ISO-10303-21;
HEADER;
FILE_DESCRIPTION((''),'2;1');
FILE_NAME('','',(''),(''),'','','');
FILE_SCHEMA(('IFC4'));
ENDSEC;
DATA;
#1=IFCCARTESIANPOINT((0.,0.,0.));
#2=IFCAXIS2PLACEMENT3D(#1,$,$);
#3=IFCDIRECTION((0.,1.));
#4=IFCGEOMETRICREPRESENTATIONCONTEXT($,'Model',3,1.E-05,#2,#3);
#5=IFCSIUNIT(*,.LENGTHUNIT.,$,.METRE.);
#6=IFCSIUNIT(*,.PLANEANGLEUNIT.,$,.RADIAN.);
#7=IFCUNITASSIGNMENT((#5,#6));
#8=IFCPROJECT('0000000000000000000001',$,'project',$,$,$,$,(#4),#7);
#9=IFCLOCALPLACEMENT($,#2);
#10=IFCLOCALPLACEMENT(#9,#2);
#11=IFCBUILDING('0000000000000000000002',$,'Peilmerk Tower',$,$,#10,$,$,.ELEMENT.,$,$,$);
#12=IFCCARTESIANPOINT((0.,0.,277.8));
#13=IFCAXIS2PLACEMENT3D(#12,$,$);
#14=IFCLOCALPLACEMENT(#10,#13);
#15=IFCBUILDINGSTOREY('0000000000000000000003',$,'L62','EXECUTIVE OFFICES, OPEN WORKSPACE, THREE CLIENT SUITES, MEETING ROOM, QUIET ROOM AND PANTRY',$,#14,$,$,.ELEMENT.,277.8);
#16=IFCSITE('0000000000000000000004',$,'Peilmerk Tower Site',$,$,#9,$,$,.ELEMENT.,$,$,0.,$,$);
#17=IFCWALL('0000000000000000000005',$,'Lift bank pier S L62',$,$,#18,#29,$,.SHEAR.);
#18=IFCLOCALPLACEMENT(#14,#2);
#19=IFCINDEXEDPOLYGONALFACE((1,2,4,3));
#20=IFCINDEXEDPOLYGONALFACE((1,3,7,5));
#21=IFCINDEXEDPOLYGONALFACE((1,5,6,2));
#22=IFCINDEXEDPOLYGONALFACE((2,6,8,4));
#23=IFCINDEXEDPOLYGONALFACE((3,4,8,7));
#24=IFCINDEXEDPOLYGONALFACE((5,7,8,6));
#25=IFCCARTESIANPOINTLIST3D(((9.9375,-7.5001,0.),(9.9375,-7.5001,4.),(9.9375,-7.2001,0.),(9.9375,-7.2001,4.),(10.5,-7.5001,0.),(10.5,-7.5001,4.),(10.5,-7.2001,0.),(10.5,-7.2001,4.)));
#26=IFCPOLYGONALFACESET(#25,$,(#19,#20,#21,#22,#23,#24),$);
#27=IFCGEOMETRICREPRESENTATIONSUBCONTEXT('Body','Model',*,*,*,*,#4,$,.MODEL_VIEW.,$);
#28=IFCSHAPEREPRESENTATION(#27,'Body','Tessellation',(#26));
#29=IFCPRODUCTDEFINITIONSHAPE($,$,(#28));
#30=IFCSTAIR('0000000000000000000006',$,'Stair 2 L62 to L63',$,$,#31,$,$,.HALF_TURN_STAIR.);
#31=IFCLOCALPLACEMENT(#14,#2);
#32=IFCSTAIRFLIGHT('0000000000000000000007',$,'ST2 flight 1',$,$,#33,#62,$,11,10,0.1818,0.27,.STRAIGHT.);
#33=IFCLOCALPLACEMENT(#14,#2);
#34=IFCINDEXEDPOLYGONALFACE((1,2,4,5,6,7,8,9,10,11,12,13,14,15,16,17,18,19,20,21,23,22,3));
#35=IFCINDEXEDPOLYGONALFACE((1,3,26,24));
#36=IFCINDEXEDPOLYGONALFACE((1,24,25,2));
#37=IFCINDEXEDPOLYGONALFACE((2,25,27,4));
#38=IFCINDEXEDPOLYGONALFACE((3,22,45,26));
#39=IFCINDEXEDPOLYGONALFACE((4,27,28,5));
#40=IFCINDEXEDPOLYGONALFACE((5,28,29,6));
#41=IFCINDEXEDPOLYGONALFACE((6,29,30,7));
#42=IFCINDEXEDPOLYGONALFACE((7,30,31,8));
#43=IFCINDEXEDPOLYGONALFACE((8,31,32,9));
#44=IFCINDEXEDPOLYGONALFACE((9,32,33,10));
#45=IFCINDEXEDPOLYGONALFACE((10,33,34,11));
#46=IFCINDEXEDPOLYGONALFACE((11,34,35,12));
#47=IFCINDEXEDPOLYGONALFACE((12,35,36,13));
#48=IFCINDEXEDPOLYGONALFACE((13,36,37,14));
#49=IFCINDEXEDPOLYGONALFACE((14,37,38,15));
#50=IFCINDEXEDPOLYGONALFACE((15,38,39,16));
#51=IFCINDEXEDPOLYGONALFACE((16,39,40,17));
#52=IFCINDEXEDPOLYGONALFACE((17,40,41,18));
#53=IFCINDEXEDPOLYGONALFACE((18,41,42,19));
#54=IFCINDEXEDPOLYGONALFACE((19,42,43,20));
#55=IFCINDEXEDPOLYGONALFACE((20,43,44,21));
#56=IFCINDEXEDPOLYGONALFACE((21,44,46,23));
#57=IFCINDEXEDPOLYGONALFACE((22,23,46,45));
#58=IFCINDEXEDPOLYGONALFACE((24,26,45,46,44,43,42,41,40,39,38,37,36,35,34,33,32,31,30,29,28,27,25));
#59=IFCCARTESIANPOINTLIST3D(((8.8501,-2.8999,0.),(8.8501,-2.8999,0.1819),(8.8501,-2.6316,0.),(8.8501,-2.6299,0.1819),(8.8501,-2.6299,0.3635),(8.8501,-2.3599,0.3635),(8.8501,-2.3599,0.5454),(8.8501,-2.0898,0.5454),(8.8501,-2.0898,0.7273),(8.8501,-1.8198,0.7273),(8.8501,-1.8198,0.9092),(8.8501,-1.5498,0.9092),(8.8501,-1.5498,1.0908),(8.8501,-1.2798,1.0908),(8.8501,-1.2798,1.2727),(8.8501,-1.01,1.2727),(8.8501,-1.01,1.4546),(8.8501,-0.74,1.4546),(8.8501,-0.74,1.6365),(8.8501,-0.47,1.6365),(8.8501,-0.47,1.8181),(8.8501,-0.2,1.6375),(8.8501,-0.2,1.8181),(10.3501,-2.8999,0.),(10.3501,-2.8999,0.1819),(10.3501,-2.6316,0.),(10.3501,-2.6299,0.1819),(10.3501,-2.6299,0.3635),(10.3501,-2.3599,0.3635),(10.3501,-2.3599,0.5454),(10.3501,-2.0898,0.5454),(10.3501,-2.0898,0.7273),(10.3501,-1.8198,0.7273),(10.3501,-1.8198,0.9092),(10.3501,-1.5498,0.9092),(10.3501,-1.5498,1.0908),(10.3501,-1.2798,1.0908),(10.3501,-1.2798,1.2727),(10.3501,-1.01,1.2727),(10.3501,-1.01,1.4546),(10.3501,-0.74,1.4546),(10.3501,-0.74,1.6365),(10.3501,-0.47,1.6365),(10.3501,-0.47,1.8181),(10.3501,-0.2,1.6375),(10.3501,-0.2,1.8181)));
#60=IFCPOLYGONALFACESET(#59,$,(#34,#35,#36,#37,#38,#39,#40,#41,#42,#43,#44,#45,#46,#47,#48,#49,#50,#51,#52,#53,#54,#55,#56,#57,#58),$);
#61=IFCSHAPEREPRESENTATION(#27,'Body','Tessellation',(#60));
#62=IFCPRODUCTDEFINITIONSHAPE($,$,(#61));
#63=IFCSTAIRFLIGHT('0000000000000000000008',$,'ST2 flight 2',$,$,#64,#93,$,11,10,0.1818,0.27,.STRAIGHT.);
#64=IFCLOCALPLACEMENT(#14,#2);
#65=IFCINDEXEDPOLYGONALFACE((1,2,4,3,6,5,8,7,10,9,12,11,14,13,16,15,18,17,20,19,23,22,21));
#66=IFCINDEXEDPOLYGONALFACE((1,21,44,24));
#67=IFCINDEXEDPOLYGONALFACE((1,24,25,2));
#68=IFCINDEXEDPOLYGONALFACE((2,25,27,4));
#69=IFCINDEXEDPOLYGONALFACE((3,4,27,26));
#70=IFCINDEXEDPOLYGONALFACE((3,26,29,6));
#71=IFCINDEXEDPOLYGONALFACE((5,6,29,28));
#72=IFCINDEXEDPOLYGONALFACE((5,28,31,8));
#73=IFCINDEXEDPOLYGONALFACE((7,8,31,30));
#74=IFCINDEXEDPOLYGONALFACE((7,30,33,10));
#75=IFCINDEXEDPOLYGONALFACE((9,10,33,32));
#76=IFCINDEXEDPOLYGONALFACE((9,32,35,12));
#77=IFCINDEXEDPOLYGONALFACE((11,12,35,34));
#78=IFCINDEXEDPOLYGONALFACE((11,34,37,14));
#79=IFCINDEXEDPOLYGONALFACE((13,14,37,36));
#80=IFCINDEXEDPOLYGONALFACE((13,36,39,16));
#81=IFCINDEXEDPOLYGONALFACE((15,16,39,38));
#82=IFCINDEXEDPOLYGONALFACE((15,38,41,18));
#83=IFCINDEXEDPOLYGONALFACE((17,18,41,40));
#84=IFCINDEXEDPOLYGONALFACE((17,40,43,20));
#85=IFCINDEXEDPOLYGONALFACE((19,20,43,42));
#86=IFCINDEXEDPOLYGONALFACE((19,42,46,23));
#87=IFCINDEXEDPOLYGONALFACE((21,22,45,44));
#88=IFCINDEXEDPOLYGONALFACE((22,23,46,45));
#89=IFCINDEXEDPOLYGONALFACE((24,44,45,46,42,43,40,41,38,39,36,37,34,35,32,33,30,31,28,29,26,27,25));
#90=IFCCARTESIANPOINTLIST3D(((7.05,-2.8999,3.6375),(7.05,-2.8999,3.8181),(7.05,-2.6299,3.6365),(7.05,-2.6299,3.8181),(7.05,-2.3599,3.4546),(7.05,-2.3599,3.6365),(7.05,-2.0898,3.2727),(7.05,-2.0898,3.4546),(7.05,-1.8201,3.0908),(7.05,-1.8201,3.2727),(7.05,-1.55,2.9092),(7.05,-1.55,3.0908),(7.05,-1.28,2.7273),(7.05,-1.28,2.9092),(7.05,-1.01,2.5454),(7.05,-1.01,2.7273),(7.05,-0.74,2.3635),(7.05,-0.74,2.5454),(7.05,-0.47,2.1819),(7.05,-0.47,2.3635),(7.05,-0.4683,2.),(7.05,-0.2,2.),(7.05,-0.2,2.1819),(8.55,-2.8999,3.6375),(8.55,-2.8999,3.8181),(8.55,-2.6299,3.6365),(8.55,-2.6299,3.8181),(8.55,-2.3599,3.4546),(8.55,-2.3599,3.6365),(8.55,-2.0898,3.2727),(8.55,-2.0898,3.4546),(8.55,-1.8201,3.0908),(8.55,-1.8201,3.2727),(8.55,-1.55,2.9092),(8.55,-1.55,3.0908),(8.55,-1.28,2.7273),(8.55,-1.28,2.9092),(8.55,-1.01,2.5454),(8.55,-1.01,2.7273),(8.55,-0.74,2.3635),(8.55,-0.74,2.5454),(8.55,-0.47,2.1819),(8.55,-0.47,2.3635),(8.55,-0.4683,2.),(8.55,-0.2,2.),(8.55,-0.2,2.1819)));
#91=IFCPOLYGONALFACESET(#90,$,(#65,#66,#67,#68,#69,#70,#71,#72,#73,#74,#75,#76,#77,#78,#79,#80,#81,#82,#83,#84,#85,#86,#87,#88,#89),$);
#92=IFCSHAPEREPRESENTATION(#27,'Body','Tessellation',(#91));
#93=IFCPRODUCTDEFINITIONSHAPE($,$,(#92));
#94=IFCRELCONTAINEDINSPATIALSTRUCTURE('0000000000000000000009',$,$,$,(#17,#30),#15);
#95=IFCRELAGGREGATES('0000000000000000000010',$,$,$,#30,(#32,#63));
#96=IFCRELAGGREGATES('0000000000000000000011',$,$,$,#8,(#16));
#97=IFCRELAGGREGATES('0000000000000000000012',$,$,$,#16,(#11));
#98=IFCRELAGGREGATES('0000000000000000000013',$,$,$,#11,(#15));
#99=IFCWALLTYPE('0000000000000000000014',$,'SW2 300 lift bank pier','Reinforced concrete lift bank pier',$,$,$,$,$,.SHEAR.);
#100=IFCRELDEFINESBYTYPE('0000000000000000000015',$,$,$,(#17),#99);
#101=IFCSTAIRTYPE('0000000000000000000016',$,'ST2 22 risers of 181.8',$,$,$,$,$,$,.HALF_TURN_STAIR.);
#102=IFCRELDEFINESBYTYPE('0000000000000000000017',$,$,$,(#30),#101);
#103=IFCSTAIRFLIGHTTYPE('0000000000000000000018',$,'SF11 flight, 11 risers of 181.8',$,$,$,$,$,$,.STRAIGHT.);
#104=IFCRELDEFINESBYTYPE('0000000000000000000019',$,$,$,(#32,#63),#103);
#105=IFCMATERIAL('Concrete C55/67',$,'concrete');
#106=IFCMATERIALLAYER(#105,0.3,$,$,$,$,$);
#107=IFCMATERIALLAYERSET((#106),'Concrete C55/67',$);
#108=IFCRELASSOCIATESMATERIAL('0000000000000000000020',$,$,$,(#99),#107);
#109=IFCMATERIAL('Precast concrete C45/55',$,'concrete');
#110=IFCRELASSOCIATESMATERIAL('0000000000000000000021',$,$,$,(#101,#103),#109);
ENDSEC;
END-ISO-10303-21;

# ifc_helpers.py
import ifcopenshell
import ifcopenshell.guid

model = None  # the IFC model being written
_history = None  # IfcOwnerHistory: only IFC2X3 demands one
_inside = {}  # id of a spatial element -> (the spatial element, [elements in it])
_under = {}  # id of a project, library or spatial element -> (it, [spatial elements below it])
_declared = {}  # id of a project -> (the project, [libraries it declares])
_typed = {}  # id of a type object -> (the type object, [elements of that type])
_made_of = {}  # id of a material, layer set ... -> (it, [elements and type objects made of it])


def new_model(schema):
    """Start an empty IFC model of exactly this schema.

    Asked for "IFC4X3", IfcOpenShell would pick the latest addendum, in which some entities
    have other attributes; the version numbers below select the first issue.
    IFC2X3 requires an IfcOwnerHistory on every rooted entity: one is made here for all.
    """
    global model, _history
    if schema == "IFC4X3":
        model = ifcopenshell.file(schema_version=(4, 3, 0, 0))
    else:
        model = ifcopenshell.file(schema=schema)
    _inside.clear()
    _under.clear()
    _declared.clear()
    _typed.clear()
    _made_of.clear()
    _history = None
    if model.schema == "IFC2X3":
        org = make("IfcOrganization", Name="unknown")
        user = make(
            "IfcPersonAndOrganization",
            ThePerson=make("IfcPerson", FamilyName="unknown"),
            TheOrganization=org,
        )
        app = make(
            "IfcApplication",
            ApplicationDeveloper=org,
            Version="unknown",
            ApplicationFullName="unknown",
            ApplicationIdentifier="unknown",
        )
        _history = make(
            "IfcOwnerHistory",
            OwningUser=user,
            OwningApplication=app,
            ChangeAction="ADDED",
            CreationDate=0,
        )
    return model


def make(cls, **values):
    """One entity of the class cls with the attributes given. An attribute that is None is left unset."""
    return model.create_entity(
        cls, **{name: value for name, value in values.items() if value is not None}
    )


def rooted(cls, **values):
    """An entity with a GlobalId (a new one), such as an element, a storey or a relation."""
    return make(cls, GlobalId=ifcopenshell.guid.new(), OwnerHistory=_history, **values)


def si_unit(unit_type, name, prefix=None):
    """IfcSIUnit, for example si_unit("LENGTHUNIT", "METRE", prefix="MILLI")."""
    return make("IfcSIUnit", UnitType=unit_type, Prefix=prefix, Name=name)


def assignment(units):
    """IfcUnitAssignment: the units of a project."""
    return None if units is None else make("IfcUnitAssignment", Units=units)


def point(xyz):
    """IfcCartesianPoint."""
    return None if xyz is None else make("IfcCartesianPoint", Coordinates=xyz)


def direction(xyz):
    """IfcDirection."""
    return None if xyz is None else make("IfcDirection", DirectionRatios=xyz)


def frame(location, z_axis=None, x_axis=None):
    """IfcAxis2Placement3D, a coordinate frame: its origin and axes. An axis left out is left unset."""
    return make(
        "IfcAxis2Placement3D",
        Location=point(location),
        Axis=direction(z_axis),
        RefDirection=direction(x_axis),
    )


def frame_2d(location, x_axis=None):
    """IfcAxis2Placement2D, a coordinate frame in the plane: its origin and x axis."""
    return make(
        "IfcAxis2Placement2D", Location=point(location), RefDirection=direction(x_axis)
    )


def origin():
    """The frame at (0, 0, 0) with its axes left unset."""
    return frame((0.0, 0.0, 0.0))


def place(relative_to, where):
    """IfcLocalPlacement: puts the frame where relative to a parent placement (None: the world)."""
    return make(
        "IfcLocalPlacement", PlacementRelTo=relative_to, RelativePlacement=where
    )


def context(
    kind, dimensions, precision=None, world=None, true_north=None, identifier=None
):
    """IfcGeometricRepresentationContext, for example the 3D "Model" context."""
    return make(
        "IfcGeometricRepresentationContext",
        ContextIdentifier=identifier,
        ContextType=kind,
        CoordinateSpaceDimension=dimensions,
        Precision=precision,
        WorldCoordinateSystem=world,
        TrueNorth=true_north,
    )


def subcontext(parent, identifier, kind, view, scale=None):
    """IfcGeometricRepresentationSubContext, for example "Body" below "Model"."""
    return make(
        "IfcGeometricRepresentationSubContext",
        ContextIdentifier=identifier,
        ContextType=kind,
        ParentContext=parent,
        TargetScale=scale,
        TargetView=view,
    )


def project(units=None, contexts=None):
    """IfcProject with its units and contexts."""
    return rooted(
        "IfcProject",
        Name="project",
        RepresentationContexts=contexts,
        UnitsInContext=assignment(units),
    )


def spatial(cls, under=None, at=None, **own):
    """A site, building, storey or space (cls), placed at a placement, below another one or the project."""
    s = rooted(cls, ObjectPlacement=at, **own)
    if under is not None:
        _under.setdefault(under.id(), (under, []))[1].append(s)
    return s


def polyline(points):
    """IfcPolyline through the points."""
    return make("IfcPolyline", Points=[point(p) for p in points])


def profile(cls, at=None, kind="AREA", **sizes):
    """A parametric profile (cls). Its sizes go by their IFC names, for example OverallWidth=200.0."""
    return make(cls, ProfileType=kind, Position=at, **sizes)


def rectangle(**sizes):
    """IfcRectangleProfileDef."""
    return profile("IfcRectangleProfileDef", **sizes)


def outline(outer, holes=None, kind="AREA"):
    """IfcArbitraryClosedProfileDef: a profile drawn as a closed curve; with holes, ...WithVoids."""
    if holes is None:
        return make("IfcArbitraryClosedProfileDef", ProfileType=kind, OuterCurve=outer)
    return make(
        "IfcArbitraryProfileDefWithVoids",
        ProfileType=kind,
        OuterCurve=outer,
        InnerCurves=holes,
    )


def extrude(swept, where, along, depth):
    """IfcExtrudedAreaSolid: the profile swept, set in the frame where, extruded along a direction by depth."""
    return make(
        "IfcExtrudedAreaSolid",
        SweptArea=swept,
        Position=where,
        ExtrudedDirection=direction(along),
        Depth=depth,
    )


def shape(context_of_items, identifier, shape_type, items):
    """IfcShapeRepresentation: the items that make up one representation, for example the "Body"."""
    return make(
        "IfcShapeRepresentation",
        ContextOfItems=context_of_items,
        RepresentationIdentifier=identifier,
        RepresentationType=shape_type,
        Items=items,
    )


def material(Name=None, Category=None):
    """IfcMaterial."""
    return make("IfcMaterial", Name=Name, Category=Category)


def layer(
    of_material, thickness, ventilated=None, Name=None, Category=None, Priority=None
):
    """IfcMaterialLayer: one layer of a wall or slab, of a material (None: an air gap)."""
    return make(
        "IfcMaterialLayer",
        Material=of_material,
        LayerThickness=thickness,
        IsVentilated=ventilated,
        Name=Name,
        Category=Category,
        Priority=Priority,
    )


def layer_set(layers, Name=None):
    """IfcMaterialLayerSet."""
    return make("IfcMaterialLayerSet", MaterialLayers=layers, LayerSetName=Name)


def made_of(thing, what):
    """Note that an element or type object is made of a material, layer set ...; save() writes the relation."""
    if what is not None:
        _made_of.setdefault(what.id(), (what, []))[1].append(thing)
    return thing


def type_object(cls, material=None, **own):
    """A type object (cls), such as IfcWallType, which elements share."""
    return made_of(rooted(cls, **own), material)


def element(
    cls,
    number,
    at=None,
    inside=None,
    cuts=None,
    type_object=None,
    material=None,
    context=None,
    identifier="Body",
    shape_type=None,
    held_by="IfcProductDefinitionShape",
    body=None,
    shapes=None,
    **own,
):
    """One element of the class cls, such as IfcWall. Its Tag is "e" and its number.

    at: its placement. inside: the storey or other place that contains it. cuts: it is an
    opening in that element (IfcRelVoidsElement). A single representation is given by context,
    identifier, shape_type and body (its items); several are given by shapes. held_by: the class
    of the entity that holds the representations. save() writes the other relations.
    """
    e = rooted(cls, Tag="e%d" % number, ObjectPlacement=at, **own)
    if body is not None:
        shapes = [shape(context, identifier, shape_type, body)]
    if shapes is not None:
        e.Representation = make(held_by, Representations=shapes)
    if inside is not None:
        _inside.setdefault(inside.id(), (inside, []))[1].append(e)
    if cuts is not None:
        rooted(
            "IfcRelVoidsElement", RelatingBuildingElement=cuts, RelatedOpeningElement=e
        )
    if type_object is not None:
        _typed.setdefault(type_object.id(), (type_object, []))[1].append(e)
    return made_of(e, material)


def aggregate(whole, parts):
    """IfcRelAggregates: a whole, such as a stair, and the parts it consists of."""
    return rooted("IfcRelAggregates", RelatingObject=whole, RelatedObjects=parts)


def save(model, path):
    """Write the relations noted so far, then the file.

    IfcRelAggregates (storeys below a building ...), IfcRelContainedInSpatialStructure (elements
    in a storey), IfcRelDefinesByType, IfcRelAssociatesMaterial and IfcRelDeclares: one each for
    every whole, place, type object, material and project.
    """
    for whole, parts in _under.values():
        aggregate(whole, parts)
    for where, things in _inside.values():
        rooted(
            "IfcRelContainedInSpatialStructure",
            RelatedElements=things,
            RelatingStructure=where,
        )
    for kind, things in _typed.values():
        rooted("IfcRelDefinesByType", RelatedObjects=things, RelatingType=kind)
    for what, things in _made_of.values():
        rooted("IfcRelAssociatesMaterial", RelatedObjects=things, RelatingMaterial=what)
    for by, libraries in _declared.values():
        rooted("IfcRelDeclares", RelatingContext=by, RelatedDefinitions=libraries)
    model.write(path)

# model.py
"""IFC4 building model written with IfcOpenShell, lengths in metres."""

from ifc_helpers import new_model, si_unit, direction, frame, frame_2d, origin, place, context, subcontext, project, spatial, polyline, rectangle, outline, extrude, material, layer, layer_set, type_object, element, aggregate, save


model = new_model("IFC4")

# Units and contexts
model_context = context("Model", 3, precision=1e-05, world=origin(), true_north=direction((0.0, 1.0)))
body_context = subcontext(model_context, "Body", "Model", "MODEL_VIEW")
ifc_project = project(units=[si_unit("LENGTHUNIT", "METRE"), si_unit("PLANEANGLEUNIT", "RADIAN")], contexts=[model_context])

# Site, building, storey
site_placement = place(None, origin())
site = spatial("IfcSite", under=ifc_project, at=site_placement, Name="Peilmerk Tower Site", CompositionType="ELEMENT", RefElevation=0.0)
building_placement = place(site_placement, origin())
building = spatial("IfcBuilding", under=site, at=building_placement, Name="Peilmerk Tower", CompositionType="ELEMENT")
storey_placement = place(building_placement, frame((0.0, 0.0, 277.8)))
storey = spatial("IfcBuildingStorey", under=building, at=storey_placement, Name="L62", Description="EXECUTIVE OFFICES, OPEN WORKSPACE, THREE CLIENT SUITES, MEETING ROOM, QUIET ROOM AND PANTRY", CompositionType="ELEMENT", Elevation=277.8)

# Shared definitions
ifc_material_1 = material(Name="Precast concrete C45/55", Category="concrete")

# Wall
ifc_material_2 = material(Name="Concrete C55/67", Category="concrete")
ifc_layer_1 = layer(ifc_material_2, 0.3)
ifc_layer_set_1 = layer_set([ifc_layer_1], Name="Concrete C55/67")
wall_type_1 = type_object("IfcWallType", Name="SW2 300 lift bank pier", Description="Reinforced concrete lift bank pier", PredefinedType="SHEAR", material=ifc_layer_set_1)
wall_1_placement = place(storey_placement, frame((9.9375, -7.3501, 0.0), z_axis=(0.0, 0.0, 1.0), x_axis=(1.0, 0.0, 0.0)))
element("IfcWall", 1, at=wall_1_placement, inside=storey, type_object=wall_type_1, Name="Lift bank pier S L62", PredefinedType="SHEAR", context=body_context, shape_type="SweptSolid", body=[
    extrude(rectangle(XDim=0.5625, YDim=0.3, at=frame_2d((0.2812, 0.0))), origin(), (0.0, 0.0, 1.0), 4.0),
])

# Stair, stair flights
stair_type_1 = type_object("IfcStairType", Name="ST2 22 risers of 181.8", PredefinedType="HALF_TURN_STAIR", material=ifc_material_1)
stair_1_placement = place(storey_placement, origin())
stair_1 = element("IfcStair", 2, at=stair_1_placement, inside=storey, type_object=stair_type_1, Name="Stair 2 L62 to L63", PredefinedType="HALF_TURN_STAIR")
stair_flight_type = type_object("IfcStairFlightType", Name="SF11 flight, 11 risers of 181.8", PredefinedType="STRAIGHT", material=ifc_material_1)
stair_flight_1_placement = place(storey_placement, frame((9.6001, -2.8999, 0.0), z_axis=(0.0, 0.0, 1.0), x_axis=(0.0, 1.0, 0.0)))
stair_flight_1 = element("IfcStairFlight", 3, at=stair_flight_1_placement, type_object=stair_flight_type, Name="ST2 flight 1", NumberOfRisers=11, NumberOfTreads=10, PredefinedType="STRAIGHT", RiserHeight=0.1818, TreadLength=0.27, context=body_context, shape_type="SweptSolid", body=[
    extrude(outline(polyline([(0.0, 0.0), (0.0, 0.1819), (0.27, 0.1819), (0.27, 0.3635), (0.54, 0.3635), (0.54, 0.5454), (0.8101, 0.5454), (0.8101, 0.7273), (1.0801, 0.7273), (1.0801, 0.9092), (1.3501, 0.9092), (1.3501, 1.0908), (1.6201, 1.0908), (1.6201, 1.2727), (1.8899, 1.2727), (1.8899, 1.4546), (2.1599, 1.4546), (2.1599, 1.6365), (2.4299, 1.6365), (2.4299, 1.8181), (2.7, 1.8181), (2.7, 2.0), (2.7, 1.6375), (0.2683, 0.0), (0.0, 0.0)])), frame((0.0, 0.75, 0.0), z_axis=(0.0, -1.0, 0.0), x_axis=(1.0, 0.0, 0.0)), (0.0, 0.0, 1.0), 1.5),
])
stair_flight_2_placement = place(storey_placement, frame((7.8, -0.2, 2.0), z_axis=(0.0, 0.0, 1.0), x_axis=(0.0, -1.0, 0.0)))
stair_flight_2 = element("IfcStairFlight", 4, at=stair_flight_2_placement, type_object=stair_flight_type, Name="ST2 flight 2", NumberOfRisers=11, NumberOfTreads=10, PredefinedType="STRAIGHT", RiserHeight=0.1818, TreadLength=0.27, context=body_context, shape_type="SweptSolid", body=[
    extrude(outline(polyline([(0.0, 0.0), (0.0, 0.1819), (0.27, 0.1819), (0.27, 0.3635), (0.54, 0.3635), (0.54, 0.5454), (0.8101, 0.5454), (0.8101, 0.7273), (1.0801, 0.7273), (1.0801, 0.9092), (1.3501, 0.9092), (1.3501, 1.0908), (1.6201, 1.0908), (1.6201, 1.2727), (1.8899, 1.2727), (1.8899, 1.4546), (2.1599, 1.4546), (2.1599, 1.6365), (2.4299, 1.6365), (2.4299, 1.8181), (2.7, 1.8181), (2.7, 2.0), (2.7, 1.6375), (0.2683, 0.0), (0.0, 0.0)])), frame((0.0, 0.75, 0.0), z_axis=(0.0, -1.0, 0.0), x_axis=(1.0, 0.0, 0.0)), (0.0, 0.0, 1.0), 1.5),
])
aggregate(stair_1, [stair_flight_1, stair_flight_2])

save(model, "model.ifc")
